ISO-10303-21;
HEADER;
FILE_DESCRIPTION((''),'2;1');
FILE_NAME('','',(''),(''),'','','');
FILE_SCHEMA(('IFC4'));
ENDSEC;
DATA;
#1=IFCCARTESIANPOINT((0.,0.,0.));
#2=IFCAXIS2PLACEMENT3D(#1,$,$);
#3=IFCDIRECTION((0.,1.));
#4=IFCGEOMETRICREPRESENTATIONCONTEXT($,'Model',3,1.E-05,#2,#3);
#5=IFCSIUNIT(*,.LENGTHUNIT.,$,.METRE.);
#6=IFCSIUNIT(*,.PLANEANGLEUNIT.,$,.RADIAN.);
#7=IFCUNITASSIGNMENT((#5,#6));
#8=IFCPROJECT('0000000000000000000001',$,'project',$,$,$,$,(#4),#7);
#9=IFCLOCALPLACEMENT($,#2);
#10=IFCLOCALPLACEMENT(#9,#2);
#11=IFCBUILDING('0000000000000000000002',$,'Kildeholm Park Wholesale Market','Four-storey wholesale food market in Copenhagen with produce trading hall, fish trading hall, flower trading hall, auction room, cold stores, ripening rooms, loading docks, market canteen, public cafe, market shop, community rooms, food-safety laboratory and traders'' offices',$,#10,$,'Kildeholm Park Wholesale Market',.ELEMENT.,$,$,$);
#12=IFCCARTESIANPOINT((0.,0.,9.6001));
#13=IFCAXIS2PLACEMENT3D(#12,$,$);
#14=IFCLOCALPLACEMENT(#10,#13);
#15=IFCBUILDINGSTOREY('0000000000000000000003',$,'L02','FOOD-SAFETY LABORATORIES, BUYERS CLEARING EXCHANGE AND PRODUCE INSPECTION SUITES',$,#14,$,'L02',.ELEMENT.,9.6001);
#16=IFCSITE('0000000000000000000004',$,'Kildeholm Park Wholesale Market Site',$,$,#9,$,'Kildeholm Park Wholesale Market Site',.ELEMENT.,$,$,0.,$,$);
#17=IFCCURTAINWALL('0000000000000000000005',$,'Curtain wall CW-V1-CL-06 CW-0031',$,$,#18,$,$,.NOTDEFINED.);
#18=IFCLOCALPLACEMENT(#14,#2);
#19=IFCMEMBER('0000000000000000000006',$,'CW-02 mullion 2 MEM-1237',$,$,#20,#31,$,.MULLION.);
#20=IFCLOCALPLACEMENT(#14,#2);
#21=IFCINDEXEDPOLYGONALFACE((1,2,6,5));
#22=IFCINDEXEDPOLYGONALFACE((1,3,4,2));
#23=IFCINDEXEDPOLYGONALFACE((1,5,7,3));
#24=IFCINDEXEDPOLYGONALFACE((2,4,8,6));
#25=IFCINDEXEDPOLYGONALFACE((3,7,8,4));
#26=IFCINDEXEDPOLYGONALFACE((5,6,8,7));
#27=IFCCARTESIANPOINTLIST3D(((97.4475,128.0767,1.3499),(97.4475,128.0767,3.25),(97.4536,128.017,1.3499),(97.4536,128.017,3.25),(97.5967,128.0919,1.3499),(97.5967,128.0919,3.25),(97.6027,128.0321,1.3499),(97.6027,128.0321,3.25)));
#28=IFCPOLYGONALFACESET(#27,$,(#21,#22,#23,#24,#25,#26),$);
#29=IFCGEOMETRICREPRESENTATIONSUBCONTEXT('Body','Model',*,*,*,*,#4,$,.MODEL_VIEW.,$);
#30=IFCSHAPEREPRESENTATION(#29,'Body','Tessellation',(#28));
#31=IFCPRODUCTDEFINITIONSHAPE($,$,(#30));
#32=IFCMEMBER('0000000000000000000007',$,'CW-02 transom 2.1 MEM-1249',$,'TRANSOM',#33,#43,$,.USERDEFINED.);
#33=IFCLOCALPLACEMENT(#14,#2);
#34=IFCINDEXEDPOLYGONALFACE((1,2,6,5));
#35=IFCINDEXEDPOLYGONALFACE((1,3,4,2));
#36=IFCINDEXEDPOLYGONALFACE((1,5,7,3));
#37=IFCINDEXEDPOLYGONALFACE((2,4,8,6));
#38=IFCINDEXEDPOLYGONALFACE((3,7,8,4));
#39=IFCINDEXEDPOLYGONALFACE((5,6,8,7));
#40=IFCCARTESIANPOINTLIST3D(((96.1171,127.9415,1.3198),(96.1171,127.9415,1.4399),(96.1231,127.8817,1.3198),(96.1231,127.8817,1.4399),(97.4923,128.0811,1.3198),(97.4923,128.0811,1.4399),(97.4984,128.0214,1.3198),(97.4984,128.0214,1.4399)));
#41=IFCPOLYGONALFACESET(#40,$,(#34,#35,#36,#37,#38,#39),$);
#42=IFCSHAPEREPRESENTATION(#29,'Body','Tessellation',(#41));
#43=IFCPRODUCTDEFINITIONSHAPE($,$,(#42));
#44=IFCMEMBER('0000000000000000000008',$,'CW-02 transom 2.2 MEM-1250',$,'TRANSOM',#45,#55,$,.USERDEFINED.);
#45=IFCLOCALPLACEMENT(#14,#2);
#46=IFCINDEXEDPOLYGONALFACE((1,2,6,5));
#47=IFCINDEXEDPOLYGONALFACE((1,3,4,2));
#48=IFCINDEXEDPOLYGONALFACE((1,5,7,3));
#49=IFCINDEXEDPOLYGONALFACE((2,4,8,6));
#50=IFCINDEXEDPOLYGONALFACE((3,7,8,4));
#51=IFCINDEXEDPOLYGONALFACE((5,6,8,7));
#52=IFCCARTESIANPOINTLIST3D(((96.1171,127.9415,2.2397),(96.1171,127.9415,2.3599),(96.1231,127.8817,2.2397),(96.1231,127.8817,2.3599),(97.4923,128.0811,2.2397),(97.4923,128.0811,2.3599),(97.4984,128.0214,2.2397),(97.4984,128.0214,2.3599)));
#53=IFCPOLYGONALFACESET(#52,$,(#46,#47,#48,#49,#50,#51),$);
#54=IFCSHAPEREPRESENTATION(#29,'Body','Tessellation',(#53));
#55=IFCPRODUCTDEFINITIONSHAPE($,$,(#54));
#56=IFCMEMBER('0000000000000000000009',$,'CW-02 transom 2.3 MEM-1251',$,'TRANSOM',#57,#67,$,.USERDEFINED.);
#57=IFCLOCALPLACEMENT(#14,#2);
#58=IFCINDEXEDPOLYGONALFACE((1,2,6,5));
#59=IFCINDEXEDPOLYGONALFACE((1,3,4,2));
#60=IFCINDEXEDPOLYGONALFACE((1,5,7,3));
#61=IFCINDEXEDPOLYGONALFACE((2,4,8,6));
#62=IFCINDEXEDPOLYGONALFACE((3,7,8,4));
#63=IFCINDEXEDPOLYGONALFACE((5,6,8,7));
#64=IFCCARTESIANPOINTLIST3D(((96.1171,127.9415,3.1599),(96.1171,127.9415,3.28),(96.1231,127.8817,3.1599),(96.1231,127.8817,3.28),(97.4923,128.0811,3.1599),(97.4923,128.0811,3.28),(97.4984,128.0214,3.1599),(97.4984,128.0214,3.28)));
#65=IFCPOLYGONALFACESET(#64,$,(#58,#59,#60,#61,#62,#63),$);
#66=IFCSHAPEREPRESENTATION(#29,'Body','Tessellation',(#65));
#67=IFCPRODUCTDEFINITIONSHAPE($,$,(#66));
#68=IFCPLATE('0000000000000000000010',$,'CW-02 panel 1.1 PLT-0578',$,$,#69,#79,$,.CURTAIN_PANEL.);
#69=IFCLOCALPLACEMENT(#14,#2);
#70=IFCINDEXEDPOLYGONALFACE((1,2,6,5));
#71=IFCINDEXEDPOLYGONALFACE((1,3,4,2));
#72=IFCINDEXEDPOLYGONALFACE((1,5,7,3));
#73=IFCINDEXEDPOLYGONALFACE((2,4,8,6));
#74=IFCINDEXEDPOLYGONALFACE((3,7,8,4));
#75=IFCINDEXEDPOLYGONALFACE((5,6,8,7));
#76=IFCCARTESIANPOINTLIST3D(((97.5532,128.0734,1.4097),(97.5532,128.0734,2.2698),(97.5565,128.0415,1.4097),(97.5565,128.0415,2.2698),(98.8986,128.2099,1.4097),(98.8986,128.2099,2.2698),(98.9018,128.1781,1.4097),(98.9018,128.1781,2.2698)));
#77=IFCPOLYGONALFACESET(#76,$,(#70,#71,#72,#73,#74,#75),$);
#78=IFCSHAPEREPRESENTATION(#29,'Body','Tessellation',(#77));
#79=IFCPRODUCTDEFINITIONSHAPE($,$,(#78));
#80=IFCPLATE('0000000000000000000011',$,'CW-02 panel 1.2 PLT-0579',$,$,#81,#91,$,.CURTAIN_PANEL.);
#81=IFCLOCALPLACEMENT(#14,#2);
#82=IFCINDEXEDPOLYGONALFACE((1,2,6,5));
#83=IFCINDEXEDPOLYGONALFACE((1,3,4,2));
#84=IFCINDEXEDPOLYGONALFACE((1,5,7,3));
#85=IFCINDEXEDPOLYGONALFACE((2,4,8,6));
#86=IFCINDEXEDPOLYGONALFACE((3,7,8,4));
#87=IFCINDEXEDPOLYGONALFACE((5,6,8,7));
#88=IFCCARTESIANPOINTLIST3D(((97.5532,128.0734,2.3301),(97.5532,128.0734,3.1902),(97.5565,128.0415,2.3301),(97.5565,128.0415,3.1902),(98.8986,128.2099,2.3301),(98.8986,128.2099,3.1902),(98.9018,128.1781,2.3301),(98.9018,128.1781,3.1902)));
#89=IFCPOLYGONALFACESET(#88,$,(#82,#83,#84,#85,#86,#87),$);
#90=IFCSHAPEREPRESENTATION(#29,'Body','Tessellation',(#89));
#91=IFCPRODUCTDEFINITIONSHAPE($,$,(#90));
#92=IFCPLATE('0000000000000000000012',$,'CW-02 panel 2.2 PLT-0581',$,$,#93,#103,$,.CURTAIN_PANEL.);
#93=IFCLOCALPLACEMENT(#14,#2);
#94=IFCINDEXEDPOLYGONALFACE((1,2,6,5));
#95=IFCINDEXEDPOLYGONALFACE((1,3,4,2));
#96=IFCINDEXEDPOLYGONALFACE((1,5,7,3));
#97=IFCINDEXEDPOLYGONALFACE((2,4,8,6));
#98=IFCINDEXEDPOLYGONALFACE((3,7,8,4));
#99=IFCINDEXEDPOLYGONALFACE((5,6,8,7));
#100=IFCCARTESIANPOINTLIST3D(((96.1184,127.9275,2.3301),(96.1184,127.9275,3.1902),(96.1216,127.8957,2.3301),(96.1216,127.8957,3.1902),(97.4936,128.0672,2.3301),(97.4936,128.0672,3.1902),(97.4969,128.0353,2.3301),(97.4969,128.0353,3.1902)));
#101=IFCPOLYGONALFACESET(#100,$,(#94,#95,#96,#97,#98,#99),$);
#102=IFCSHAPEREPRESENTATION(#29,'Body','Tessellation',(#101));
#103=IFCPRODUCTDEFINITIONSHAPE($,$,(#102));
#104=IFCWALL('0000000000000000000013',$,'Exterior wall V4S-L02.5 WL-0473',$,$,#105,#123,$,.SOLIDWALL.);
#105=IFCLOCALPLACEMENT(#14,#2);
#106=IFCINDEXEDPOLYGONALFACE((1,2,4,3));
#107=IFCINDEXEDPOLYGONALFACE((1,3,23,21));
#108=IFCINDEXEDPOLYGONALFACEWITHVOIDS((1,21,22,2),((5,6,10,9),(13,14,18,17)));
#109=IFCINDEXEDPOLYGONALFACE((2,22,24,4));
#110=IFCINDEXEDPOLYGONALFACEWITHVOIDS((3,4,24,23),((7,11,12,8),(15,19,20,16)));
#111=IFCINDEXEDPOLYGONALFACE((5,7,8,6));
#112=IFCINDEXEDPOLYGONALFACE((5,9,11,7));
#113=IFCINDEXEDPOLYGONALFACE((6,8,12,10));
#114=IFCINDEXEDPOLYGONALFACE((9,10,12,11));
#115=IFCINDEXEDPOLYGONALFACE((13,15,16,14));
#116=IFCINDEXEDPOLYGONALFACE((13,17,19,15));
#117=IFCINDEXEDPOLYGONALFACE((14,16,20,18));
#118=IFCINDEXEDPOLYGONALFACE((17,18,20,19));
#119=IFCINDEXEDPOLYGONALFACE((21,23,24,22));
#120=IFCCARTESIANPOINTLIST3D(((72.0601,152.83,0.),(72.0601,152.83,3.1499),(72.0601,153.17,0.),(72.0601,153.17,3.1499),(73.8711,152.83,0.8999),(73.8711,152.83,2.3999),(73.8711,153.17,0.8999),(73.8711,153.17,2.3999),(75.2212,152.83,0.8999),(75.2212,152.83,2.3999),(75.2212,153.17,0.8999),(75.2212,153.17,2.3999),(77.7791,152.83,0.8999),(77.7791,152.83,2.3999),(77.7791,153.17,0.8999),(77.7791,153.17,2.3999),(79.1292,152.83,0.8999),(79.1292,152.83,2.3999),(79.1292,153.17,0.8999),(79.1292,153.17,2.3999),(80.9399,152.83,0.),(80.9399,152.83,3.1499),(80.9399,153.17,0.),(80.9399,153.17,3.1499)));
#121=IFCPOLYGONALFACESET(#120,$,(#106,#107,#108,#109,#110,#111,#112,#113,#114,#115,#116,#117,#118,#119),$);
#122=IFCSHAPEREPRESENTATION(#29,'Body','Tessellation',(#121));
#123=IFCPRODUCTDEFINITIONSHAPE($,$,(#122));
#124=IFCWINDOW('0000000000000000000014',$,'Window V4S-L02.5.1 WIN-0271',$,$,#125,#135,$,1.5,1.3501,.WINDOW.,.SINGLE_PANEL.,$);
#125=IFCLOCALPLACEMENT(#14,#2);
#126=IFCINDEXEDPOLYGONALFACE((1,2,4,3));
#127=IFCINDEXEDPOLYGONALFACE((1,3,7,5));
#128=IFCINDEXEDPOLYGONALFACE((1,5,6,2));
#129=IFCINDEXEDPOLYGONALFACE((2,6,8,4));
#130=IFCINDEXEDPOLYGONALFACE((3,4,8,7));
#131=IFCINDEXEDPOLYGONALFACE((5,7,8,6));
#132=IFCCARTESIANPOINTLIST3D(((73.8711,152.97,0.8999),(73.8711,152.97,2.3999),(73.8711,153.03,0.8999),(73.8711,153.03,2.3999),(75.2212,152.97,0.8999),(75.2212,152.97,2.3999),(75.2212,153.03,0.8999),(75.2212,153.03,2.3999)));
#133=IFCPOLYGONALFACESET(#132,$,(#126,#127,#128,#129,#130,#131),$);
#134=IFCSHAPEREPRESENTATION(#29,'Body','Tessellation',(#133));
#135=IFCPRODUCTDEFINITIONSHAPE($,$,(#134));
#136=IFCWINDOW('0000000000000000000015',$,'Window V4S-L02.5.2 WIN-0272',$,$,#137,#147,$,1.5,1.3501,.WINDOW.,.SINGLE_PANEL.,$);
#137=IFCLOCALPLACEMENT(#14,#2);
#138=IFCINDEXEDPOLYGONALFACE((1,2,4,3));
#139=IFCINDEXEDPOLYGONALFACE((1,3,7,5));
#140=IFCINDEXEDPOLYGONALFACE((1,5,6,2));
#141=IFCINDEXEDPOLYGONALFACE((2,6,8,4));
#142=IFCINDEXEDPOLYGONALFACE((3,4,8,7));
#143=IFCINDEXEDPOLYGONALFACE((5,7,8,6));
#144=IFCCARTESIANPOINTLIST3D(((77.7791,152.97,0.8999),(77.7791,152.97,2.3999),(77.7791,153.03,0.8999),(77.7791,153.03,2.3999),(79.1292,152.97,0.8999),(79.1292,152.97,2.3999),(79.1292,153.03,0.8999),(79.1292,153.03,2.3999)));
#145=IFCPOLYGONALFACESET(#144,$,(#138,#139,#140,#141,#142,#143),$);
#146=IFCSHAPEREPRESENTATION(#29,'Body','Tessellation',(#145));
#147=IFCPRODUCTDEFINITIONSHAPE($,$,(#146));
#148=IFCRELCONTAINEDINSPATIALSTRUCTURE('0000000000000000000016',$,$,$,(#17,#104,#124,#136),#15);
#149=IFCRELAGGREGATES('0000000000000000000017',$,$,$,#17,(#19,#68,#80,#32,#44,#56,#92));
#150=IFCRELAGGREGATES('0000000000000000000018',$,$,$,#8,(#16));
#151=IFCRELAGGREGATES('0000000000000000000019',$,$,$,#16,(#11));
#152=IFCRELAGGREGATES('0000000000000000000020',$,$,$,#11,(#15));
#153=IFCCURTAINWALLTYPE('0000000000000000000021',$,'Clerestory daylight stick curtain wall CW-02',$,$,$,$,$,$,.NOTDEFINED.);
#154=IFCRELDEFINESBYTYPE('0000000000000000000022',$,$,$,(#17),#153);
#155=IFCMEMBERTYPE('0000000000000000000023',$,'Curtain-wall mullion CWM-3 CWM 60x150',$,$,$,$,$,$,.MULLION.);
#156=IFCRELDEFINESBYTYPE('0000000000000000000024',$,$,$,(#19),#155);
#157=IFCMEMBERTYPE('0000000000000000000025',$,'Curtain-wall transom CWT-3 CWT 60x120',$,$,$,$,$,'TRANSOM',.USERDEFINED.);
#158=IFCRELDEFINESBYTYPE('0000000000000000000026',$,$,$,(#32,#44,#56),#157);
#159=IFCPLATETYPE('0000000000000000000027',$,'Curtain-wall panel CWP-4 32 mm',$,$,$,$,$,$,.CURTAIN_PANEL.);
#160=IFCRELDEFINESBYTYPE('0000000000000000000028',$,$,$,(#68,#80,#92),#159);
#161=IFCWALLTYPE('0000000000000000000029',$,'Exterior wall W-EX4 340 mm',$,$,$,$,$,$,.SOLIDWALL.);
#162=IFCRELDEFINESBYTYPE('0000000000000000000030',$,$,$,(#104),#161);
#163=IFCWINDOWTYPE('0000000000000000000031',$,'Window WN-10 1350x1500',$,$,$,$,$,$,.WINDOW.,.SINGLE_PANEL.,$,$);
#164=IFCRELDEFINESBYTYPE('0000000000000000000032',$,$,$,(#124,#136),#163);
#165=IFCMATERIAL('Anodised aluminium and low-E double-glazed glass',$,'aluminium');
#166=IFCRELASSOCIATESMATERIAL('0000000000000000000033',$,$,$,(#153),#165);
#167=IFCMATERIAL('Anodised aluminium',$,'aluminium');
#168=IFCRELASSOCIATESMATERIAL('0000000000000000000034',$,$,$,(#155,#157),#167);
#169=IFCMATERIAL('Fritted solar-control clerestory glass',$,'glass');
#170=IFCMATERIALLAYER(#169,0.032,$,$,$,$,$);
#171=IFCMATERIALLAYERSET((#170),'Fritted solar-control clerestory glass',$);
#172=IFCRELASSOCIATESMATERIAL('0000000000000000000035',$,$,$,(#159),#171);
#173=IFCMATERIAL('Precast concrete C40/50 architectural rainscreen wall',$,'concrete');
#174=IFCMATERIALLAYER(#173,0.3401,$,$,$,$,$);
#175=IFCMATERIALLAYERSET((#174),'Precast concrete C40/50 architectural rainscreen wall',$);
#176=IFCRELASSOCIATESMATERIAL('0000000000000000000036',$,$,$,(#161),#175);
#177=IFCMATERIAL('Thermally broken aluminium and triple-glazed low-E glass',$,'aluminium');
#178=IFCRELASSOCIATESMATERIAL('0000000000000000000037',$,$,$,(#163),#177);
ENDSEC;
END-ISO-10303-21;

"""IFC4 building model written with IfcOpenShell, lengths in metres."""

from ifc_helpers import new_model, si_unit, direction, frame, frame_2d, origin, origin_2d, place, context, subcontext, project, spatial, rectangle, extrude, material, layer, layer_set, material_profile, profile_set, type_object, element, fill, aggregate, save


model = new_model("IFC4")

# Units and contexts
model_context = context("Model", 3, precision=1e-05, world=origin(), true_north=direction((0.0, 1.0)))
body_context = subcontext(model_context, "Body", "Model", "MODEL_VIEW")
ifc_project = project(units=[si_unit("LENGTHUNIT", "METRE"), si_unit("PLANEANGLEUNIT", "RADIAN")], contexts=[model_context])

# Site, building, storey
site_placement = place(None, origin())
site = spatial("IfcSite", under=ifc_project, at=site_placement, Name="Kildeholm Park Wholesale Market Site", LongName="Kildeholm Park Wholesale Market Site", CompositionType="ELEMENT", RefElevation=0.0)
building_placement = place(site_placement, origin())
building = spatial("IfcBuilding", under=site, at=building_placement, Name="Kildeholm Park Wholesale Market", Description="Four-storey wholesale food market in Copenhagen with produce trading hall, fish trading hall, flower trading hall, auction room, cold stores, ripening rooms, loading docks, market canteen, public cafe, market shop, community rooms, food-safety laboratory and traders' offices", LongName="Kildeholm Park Wholesale Market", CompositionType="ELEMENT")
storey_placement = place(building_placement, frame((0.0, 0.0, 9.6001)))
storey = spatial("IfcBuildingStorey", under=building, at=storey_placement, Name="L02", Description="FOOD-SAFETY LABORATORIES, BUYERS CLEARING EXCHANGE AND PRODUCE INSPECTION SUITES", LongName="L02", CompositionType="ELEMENT", Elevation=9.6001)

# Curtain wall, members, plates
ifc_material_1 = material(Name="Anodised aluminium and low-E double-glazed glass", Category="aluminium")
curtain_wall_type = type_object("IfcCurtainWallType", Name="Clerestory daylight stick curtain wall CW-02", PredefinedType="NOTDEFINED", material=ifc_material_1)
curtain_wall_placement = place(storey_placement, origin())
curtain_wall = element("IfcCurtainWall", 1, at=curtain_wall_placement, inside=storey, type_object=curtain_wall_type, Name="Curtain wall CW-V1-CL-06 CW-0031", PredefinedType="NOTDEFINED")
ifc_material_2 = material(Name="Anodised aluminium", Category="aluminium")
ifc_material_profile_1 = material_profile(ifc_material_2, rectangle(XDim=0.0601, YDim=0.1499, at=origin_2d()), Name="CWM 60x150")
ifc_profile_set_1 = profile_set([ifc_material_profile_1], Name="Anodised aluminium")
member_type_1 = type_object("IfcMemberType", Name="Curtain-wall mullion CWM-3 CWM 60x150", PredefinedType="MULLION", material=ifc_profile_set_1)
member_1_placement = place(storey_placement, frame((97.5251, 128.0544, 1.3499), z_axis=(0.0, 0.0, 1.0), x_axis=(0.100999, -0.994887, 0.0)))
member_1 = element("IfcMember", 2, at=member_1_placement, type_object=member_type_1, Name="CW-02 mullion 2 MEM-1237", PredefinedType="MULLION", context=body_context, shape_type="SweptSolid", body=[
    extrude(rectangle(XDim=0.0601, YDim=0.1499, at=origin_2d()), origin(), (0.0, 0.0, 1.0), 1.9001),
])
ifc_material_profile_2 = material_profile(ifc_material_2, rectangle(XDim=0.0601, YDim=0.1201, at=origin_2d()), Name="CWT 60x120")
ifc_profile_set_2 = profile_set([ifc_material_profile_2], Name="Anodised aluminium")
member_type_2 = type_object("IfcMemberType", Name="Curtain-wall transom CWT-3 CWT 60x120", ElementType="TRANSOM", PredefinedType="USERDEFINED", material=ifc_profile_set_2)
member_2_placement = place(storey_placement, frame((97.4954, 128.0513, 1.3799), z_axis=(-0.994884, -0.101025, 0.0), x_axis=(0.101025, -0.994884, 0.0)))
member_2 = element("IfcMember", 3, at=member_2_placement, type_object=member_type_2, Name="CW-02 transom 2.1 MEM-1249", ObjectType="TRANSOM", PredefinedType="USERDEFINED", context=body_context, shape_type="SweptSolid", body=[
    extrude(rectangle(XDim=0.0601, YDim=0.1201, at=origin_2d()), origin(), (0.0, 0.0, 1.0), 1.3823),
])
member_3_placement = place(storey_placement, frame((97.4954, 128.0513, 2.2998), z_axis=(-0.994884, -0.101025, 0.0), x_axis=(0.101025, -0.994884, 0.0)))
member_3 = element("IfcMember", 4, at=member_3_placement, type_object=member_type_2, Name="CW-02 transom 2.2 MEM-1250", ObjectType="TRANSOM", PredefinedType="USERDEFINED", context=body_context, shape_type="SweptSolid", body=[
    extrude(rectangle(XDim=0.0601, YDim=0.1201, at=origin_2d()), origin(), (0.0, 0.0, 1.0), 1.3823),
])
member_4_placement = place(storey_placement, frame((97.4954, 128.0513, 3.22), z_axis=(-0.994884, -0.101025, 0.0), x_axis=(0.101025, -0.994884, 0.0)))
member_4 = element("IfcMember", 5, at=member_4_placement, type_object=member_type_2, Name="CW-02 transom 2.3 MEM-1251", ObjectType="TRANSOM", PredefinedType="USERDEFINED", context=body_context, shape_type="SweptSolid", body=[
    extrude(rectangle(XDim=0.0601, YDim=0.1201, at=origin_2d()), origin(), (0.0, 0.0, 1.0), 1.3823),
])
ifc_material_3 = material(Name="Fritted solar-control clerestory glass", Category="glass")
ifc_layer_1 = layer(ifc_material_3, 0.032)
ifc_layer_set_1 = layer_set([ifc_layer_1], Name="Fritted solar-control clerestory glass")
plate_type = type_object("IfcPlateType", Name="Curtain-wall panel CWP-4 32 mm", PredefinedType="CURTAIN_PANEL", material=ifc_layer_set_1)
plate_1_placement = place(storey_placement, frame((98.2275, 128.1257, 1.4097), z_axis=(0.0, 0.0, 1.0), x_axis=(-0.994887, -0.100999, 0.0)))
plate_1 = element("IfcPlate", 6, at=plate_1_placement, type_object=plate_type, Name="CW-02 panel 1.1 PLT-0578", PredefinedType="CURTAIN_PANEL", context=body_context, shape_type="SweptSolid", body=[
    extrude(rectangle(XDim=1.3523, YDim=0.032, at=origin_2d()), origin(), (0.0, 0.0, 1.0), 0.8601),
])
plate_2_placement = place(storey_placement, frame((98.2275, 128.1257, 2.3301), z_axis=(0.0, 0.0, 1.0), x_axis=(-0.994887, -0.100999, 0.0)))
plate_2 = element("IfcPlate", 7, at=plate_2_placement, type_object=plate_type, Name="CW-02 panel 1.2 PLT-0579", PredefinedType="CURTAIN_PANEL", context=body_context, shape_type="SweptSolid", body=[
    extrude(rectangle(XDim=1.3523, YDim=0.032, at=origin_2d()), origin(), (0.0, 0.0, 1.0), 0.8601),
])
plate_3_placement = place(storey_placement, frame((96.8076, 127.9814, 2.3301), z_axis=(0.0, 0.0, 1.0), x_axis=(-0.994887, -0.100999, 0.0)))
plate_3 = element("IfcPlate", 8, at=plate_3_placement, type_object=plate_type, Name="CW-02 panel 2.2 PLT-0581", PredefinedType="CURTAIN_PANEL", context=body_context, shape_type="SweptSolid", body=[
    extrude(rectangle(XDim=1.3823, YDim=0.032, at=origin_2d()), origin(), (0.0, 0.0, 1.0), 0.8601),
])
aggregate(curtain_wall, [member_1, plate_1, plate_2, member_2, member_3, member_4, plate_3])

# Wall, openings, windows
ifc_material_4 = material(Name="Precast concrete C40/50 architectural rainscreen wall", Category="concrete")
ifc_layer_2 = layer(ifc_material_4, 0.3401)
ifc_layer_set_2 = layer_set([ifc_layer_2], Name="Precast concrete C40/50 architectural rainscreen wall")
wall_type = type_object("IfcWallType", Name="Exterior wall W-EX4 340 mm", PredefinedType="SOLIDWALL", material=ifc_layer_set_2)
wall_1_placement = place(storey_placement, frame((72.0601, 153.0, 0.0), z_axis=(0.0, 0.0, 1.0), x_axis=(1.0, 0.0, 0.0)))
wall_1 = element("IfcWall", 9, at=wall_1_placement, inside=storey, type_object=wall_type, Name="Exterior wall V4S-L02.5 WL-0473", PredefinedType="SOLIDWALL", context=body_context, shape_type="SweptSolid", body=[
    extrude(rectangle(XDim=8.8799, YDim=0.3401, at=frame_2d((4.4399, 0.0))), origin(), (0.0, 0.0, 1.0), 3.1499),
])
opening_1_placement = place(wall_1_placement, frame((1.811, 0.0, 0.8999)))
opening_1 = element("IfcOpeningElement", 10, at=opening_1_placement, cuts=wall_1, PredefinedType="OPENING", context=body_context, shape_type="SweptSolid", body=[
    extrude(rectangle(XDim=1.3501, YDim=1.5, at=frame_2d((0.675, 0.75))), frame((0.0, 0.1799, 0.0), z_axis=(0.0, -1.0, 0.0), x_axis=(1.0, 0.0, 0.0)), (0.0, 0.0, 1.0), 0.3601),
])
opening_2_placement = place(wall_1_placement, frame((5.719, 0.0, 0.8999)))
opening_2 = element("IfcOpeningElement", 11, at=opening_2_placement, cuts=wall_1, PredefinedType="OPENING", context=body_context, shape_type="SweptSolid", body=[
    extrude(rectangle(XDim=1.3501, YDim=1.5, at=frame_2d((0.675, 0.75))), frame((0.0, 0.1799, 0.0), z_axis=(0.0, -1.0, 0.0), x_axis=(1.0, 0.0, 0.0)), (0.0, 0.0, 1.0), 0.3601),
])
ifc_material_5 = material(Name="Thermally broken aluminium and triple-glazed low-E glass", Category="aluminium")
window_type = type_object("IfcWindowType", Name="Window WN-10 1350x1500", PartitioningType="SINGLE_PANEL", PredefinedType="WINDOW", material=ifc_material_5)
window_1_placement = place(opening_1_placement, origin())
window_1 = element("IfcWindow", 12, at=window_1_placement, inside=storey, type_object=window_type, Name="Window V4S-L02.5.1 WIN-0271", OverallHeight=1.5, OverallWidth=1.3501, PartitioningType="SINGLE_PANEL", PredefinedType="WINDOW", context=body_context, shape_type="SweptSolid", body=[
    extrude(rectangle(XDim=1.3501, YDim=1.5, at=frame_2d((0.675, 0.75))), frame((0.0, 0.03, 0.0), z_axis=(0.0, -1.0, 0.0), x_axis=(1.0, 0.0, 0.0)), (0.0, 0.0, 1.0), 0.0601),
])
fill(opening_1, window_1)
window_2_placement = place(opening_2_placement, origin())
window_2 = element("IfcWindow", 13, at=window_2_placement, inside=storey, type_object=window_type, Name="Window V4S-L02.5.2 WIN-0272", OverallHeight=1.5, OverallWidth=1.3501, PartitioningType="SINGLE_PANEL", PredefinedType="WINDOW", context=body_context, shape_type="SweptSolid", body=[
    extrude(rectangle(XDim=1.3501, YDim=1.5, at=frame_2d((0.675, 0.75))), frame((0.0, 0.03, 0.0), z_axis=(0.0, -1.0, 0.0), x_axis=(1.0, 0.0, 0.0)), (0.0, 0.0, 1.0), 0.0601),
])
fill(opening_2, window_2)

save(model, "model.ifc")
